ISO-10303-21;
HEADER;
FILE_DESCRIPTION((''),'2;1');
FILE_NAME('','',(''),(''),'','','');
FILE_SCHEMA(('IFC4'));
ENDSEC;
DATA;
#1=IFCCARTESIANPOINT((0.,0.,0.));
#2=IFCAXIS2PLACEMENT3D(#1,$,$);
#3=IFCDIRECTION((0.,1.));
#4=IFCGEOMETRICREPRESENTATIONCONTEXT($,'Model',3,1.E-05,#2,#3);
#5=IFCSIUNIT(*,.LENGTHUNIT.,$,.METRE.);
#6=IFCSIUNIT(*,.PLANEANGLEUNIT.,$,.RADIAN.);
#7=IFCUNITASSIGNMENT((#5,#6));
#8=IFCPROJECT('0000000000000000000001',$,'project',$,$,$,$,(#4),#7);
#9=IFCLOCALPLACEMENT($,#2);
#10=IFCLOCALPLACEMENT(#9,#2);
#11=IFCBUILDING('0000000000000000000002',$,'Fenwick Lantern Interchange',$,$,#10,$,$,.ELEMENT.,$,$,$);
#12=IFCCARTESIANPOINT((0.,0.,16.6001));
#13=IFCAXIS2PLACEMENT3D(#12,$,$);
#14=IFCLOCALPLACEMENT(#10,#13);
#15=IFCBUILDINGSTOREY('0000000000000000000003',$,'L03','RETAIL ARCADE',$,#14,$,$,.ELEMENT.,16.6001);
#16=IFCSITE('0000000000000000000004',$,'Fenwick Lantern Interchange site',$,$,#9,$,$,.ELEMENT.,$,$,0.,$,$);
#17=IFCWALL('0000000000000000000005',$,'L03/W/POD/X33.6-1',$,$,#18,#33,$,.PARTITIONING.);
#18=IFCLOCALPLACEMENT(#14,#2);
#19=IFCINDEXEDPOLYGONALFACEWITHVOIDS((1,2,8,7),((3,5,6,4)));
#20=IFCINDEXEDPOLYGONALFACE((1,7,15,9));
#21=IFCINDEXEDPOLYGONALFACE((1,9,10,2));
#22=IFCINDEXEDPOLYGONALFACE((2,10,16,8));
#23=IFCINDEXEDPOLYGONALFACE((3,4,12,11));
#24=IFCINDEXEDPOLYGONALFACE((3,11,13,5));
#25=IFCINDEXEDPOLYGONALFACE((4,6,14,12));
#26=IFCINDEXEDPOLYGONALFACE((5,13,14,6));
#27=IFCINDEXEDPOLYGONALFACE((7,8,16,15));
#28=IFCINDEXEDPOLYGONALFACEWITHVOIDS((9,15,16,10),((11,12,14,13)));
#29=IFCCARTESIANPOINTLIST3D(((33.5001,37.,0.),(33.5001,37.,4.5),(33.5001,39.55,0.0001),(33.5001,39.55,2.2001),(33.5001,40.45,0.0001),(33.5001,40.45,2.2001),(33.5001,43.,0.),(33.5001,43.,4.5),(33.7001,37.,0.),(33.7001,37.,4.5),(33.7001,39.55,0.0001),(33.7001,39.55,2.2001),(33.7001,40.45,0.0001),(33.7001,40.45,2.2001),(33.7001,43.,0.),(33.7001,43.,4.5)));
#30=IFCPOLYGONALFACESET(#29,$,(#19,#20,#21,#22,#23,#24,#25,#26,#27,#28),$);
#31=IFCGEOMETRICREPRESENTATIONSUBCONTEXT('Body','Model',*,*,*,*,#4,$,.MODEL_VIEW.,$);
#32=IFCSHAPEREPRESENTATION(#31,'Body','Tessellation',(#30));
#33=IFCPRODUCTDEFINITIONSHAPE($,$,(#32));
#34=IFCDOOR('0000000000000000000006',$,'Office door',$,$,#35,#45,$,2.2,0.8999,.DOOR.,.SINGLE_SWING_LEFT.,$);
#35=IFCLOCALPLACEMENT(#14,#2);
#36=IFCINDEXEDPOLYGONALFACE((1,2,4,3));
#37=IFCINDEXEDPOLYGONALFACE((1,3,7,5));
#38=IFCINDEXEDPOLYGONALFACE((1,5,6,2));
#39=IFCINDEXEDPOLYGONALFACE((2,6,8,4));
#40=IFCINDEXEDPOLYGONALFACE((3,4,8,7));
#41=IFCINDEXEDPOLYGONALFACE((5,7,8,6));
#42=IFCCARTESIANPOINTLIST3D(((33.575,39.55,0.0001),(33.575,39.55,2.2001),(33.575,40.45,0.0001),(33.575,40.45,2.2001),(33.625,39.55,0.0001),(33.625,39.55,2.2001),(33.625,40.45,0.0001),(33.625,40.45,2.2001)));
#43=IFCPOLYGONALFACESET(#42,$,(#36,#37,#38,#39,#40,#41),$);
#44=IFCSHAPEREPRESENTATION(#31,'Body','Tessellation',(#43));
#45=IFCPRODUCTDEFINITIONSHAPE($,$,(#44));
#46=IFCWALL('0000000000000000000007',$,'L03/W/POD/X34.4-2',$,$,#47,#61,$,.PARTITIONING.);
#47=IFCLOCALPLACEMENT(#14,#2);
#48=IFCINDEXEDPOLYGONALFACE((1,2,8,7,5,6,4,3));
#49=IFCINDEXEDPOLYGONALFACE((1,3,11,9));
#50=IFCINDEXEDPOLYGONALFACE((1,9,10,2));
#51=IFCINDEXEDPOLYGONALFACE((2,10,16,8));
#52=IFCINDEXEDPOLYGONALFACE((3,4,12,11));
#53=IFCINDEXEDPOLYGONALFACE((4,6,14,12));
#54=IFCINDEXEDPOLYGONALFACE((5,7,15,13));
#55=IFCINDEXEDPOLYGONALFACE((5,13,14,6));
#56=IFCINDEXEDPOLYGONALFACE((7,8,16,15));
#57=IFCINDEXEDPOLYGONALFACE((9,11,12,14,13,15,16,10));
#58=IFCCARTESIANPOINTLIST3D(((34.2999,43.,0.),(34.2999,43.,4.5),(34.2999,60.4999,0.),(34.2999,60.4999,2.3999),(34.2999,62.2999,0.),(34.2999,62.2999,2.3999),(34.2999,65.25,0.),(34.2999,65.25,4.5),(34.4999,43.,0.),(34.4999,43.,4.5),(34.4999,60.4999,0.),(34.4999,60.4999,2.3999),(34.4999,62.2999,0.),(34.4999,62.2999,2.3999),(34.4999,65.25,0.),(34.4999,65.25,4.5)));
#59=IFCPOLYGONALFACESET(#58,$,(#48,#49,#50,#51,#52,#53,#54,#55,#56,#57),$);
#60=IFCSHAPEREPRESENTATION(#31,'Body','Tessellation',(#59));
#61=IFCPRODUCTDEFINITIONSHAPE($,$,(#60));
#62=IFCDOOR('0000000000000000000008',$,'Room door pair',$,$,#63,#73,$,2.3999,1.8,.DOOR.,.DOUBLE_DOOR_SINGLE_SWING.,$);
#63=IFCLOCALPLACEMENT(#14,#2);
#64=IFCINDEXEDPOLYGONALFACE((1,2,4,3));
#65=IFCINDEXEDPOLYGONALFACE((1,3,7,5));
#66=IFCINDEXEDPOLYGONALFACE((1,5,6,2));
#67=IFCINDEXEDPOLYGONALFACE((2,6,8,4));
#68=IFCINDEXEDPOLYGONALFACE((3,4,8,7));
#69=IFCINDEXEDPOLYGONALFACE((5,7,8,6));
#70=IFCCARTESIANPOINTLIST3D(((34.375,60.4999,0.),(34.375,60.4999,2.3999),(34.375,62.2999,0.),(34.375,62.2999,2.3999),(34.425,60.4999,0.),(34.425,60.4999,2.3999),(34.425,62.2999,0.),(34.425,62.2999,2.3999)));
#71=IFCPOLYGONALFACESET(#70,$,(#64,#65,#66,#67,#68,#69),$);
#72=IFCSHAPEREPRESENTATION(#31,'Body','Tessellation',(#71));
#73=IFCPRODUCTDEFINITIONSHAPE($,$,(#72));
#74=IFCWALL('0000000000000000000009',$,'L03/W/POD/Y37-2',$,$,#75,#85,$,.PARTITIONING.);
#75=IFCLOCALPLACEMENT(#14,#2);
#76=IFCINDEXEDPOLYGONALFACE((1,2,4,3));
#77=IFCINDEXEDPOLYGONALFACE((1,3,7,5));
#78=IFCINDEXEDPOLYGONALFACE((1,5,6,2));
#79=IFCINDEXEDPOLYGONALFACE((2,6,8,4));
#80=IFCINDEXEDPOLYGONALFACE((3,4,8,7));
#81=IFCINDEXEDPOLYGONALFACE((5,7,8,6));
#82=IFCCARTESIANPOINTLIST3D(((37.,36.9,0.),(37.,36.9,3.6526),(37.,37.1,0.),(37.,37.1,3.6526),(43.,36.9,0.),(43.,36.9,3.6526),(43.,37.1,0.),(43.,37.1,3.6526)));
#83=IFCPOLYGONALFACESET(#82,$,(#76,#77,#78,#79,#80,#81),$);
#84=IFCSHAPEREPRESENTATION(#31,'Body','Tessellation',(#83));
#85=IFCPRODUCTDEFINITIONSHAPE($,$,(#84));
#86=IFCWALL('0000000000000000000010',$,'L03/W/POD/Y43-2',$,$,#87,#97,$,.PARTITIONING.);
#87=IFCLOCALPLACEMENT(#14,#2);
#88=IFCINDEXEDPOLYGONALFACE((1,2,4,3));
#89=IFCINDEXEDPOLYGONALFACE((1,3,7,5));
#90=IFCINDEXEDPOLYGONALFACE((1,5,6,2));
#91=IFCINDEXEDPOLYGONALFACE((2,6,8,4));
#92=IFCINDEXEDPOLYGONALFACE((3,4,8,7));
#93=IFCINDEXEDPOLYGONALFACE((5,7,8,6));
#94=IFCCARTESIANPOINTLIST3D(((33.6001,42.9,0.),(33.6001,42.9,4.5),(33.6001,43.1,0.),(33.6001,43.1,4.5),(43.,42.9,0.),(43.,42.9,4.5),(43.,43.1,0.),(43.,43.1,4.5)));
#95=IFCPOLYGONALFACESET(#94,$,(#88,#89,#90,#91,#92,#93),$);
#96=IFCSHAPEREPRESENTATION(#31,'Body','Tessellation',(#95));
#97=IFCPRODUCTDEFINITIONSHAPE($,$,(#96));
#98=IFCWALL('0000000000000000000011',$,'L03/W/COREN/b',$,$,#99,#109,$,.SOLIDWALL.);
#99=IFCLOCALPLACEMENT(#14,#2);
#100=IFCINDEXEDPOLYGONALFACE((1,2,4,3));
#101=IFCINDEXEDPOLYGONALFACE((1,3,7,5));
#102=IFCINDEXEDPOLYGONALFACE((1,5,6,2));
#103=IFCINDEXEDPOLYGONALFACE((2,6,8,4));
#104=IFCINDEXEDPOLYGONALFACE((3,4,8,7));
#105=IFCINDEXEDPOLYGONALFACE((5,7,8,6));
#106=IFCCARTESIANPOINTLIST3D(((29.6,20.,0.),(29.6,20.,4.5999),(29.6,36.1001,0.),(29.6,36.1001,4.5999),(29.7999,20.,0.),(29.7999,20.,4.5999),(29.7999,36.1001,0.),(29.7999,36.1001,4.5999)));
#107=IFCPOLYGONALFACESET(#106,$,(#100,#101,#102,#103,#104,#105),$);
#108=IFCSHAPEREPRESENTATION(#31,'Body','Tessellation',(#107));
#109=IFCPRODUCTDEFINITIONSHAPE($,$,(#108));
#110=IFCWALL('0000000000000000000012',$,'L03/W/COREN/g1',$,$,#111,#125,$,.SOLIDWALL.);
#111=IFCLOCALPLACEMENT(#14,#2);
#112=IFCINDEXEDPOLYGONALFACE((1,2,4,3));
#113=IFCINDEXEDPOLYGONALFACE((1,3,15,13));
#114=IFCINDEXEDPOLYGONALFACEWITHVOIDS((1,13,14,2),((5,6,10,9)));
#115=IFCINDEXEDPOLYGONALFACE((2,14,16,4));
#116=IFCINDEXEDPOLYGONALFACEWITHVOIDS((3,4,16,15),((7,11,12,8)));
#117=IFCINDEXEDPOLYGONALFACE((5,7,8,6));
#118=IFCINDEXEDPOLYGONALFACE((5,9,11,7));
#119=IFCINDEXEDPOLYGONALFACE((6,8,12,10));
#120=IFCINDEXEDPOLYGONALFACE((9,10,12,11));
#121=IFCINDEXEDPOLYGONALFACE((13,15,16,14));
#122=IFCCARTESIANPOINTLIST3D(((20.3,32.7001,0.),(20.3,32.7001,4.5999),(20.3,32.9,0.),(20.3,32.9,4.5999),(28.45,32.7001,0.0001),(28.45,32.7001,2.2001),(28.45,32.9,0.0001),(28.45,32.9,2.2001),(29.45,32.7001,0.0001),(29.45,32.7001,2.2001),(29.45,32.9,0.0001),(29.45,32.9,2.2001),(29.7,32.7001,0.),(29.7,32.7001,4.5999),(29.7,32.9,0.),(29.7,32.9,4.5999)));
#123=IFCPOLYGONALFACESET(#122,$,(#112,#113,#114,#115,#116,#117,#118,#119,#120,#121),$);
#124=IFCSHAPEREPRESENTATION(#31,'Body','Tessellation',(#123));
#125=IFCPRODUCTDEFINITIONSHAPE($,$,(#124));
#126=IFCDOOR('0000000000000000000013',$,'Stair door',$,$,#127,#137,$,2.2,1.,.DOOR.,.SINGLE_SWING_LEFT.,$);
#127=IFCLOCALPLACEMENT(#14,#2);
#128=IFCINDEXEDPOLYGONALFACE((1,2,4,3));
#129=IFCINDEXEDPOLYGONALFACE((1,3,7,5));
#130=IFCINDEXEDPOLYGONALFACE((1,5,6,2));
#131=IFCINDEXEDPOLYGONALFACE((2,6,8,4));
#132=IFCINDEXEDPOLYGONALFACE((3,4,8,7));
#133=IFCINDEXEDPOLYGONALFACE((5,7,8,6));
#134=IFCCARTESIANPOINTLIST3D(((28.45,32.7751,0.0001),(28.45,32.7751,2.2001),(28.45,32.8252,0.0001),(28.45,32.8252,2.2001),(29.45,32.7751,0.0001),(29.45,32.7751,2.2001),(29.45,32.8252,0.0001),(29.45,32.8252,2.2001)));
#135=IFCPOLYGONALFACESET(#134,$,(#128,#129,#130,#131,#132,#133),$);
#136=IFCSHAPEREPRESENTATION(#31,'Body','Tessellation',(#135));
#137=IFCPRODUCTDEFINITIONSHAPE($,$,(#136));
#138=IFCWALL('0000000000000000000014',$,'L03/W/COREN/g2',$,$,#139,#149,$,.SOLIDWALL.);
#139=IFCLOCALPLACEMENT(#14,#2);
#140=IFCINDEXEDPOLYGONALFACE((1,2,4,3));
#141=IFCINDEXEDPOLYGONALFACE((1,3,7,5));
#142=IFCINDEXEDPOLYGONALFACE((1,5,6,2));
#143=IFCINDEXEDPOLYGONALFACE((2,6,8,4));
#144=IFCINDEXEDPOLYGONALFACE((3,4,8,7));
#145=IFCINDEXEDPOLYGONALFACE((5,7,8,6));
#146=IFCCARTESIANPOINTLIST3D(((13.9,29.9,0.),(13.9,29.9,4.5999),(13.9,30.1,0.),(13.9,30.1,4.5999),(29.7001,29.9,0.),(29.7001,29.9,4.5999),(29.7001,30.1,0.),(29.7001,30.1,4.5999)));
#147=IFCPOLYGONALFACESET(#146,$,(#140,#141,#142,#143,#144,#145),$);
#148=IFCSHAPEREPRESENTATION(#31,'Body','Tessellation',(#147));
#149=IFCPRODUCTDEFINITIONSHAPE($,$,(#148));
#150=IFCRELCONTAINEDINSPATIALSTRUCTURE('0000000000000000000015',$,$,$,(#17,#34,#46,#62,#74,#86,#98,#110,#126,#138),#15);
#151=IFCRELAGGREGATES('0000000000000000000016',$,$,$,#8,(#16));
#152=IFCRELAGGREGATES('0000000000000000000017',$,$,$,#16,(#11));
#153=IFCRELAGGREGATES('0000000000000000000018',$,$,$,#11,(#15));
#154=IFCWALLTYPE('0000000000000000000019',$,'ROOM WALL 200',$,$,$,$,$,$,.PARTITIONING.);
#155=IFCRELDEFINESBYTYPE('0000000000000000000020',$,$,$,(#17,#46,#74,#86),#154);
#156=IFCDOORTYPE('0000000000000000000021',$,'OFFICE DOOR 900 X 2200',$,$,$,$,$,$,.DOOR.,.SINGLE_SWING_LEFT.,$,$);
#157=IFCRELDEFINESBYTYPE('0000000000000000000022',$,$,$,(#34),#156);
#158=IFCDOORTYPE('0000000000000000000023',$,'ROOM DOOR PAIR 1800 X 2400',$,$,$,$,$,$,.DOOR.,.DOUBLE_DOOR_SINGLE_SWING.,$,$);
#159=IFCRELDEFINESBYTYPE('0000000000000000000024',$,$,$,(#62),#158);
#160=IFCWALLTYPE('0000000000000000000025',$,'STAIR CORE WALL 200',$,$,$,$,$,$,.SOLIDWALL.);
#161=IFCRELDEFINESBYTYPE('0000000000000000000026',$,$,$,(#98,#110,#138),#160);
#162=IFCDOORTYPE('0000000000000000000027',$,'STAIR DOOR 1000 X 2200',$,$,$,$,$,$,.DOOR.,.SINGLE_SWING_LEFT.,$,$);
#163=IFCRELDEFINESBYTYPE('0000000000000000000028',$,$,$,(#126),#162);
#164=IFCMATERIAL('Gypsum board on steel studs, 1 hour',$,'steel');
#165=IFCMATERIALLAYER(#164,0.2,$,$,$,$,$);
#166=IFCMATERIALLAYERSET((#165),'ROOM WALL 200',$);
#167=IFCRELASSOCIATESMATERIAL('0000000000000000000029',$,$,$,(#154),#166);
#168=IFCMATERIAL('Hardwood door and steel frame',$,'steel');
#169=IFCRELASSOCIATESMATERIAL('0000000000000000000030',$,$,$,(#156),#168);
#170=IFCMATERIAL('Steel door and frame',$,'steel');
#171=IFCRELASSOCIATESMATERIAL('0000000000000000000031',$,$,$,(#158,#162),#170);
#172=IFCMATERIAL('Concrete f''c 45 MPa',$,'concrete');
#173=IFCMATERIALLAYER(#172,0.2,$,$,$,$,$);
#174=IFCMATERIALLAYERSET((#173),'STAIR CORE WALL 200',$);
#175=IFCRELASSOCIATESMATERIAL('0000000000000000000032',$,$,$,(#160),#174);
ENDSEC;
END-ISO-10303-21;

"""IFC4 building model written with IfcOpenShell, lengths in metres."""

from ifc_helpers import new_model, si_unit, direction, frame, frame_2d, origin, place, context, subcontext, project, spatial, rectangle, extrude, material, layer, layer_set, type_object, element, fill, save


model = new_model("IFC4")

# Units and contexts
model_context = context("Model", 3, precision=1e-05, world=origin(), true_north=direction((0.0, 1.0)))
body_context = subcontext(model_context, "Body", "Model", "MODEL_VIEW")
ifc_project = project(units=[si_unit("LENGTHUNIT", "METRE"), si_unit("PLANEANGLEUNIT", "RADIAN")], contexts=[model_context])

# Site, building, storey
site_placement = place(None, origin())
site = spatial("IfcSite", under=ifc_project, at=site_placement, Name="Fenwick Lantern Interchange site", CompositionType="ELEMENT", RefElevation=0.0)
building_placement = place(site_placement, origin())
building = spatial("IfcBuilding", under=site, at=building_placement, Name="Fenwick Lantern Interchange", CompositionType="ELEMENT")
storey_placement = place(building_placement, frame((0.0, 0.0, 16.6001)))
storey = spatial("IfcBuildingStorey", under=building, at=storey_placement, Name="L03", Description="RETAIL ARCADE", CompositionType="ELEMENT", Elevation=16.6001)

# Shared definitions
ifc_material_1 = material(Name="Steel door and frame", Category="steel")

# Shared definitions
ifc_material_2 = material(Name="Hardwood door and steel frame", Category="steel")

# Walls, openings, doors
ifc_material_3 = material(Name="Gypsum board on steel studs, 1 hour", Category="steel")
ifc_layer_1 = layer(ifc_material_3, 0.2)
ifc_layer_set_1 = layer_set([ifc_layer_1], Name="ROOM WALL 200")
wall_type_1 = type_object("IfcWallType", Name="ROOM WALL 200", PredefinedType="PARTITIONING", material=ifc_layer_set_1)
wall_1_placement = place(storey_placement, frame((33.6001, 37.0, 0.0), z_axis=(0.0, 0.0, 1.0), x_axis=(0.0, 1.0, 0.0)))
wall_1 = element("IfcWall", 1, at=wall_1_placement, inside=storey, type_object=wall_type_1, Name="L03/W/POD/X33.6-1", PredefinedType="PARTITIONING", context=body_context, shape_type="SweptSolid", body=[
    extrude(rectangle(XDim=6.0, YDim=0.2, at=frame_2d((3.0, 0.0))), origin(), (0.0, 0.0, 1.0), 4.5),
])
opening_1_placement = place(wall_1_placement, frame((2.55, 0.0, 0.0)))
opening_1 = element("IfcOpeningElement", 2, at=opening_1_placement, cuts=wall_1, PredefinedType="OPENING", context=body_context, shape_type="SweptSolid", body=[
    extrude(rectangle(XDim=0.8999, YDim=2.2, at=frame_2d((0.45, 1.1001))), frame((0.0, 0.1099, 0.0), z_axis=(0.0, -1.0, 0.0), x_axis=(1.0, 0.0, 0.0)), (0.0, 0.0, 1.0), 0.22),
])
door_type_1 = type_object("IfcDoorType", Name="OFFICE DOOR 900 X 2200", OperationType="SINGLE_SWING_LEFT", PredefinedType="DOOR", material=ifc_material_2)
door_1_placement = place(opening_1_placement, frame((0.8999, 0.0, 0.0), z_axis=(0.0, 0.0, 1.0), x_axis=(-1.0, 0.0, 0.0)))
door_1 = element("IfcDoor", 3, at=door_1_placement, inside=storey, type_object=door_type_1, Name="Office door", OperationType="SINGLE_SWING_LEFT", OverallHeight=2.2, OverallWidth=0.8999, PredefinedType="DOOR", context=body_context, shape_type="SweptSolid", body=[
    extrude(rectangle(XDim=0.8999, YDim=2.2, at=frame_2d((0.45, 1.1001))), frame((0.0, 0.0249, 0.0), z_axis=(0.0, -1.0, 0.0), x_axis=(1.0, 0.0, 0.0)), (0.0, 0.0, 1.0), 0.05),
])
fill(opening_1, door_1)
wall_2_placement = place(storey_placement, frame((34.3999, 43.0, 0.0), z_axis=(0.0, 0.0, 1.0), x_axis=(0.0, 1.0, 0.0)))
wall_2 = element("IfcWall", 4, at=wall_2_placement, inside=storey, type_object=wall_type_1, Name="L03/W/POD/X34.4-2", PredefinedType="PARTITIONING", context=body_context, shape_type="SweptSolid", body=[
    extrude(rectangle(XDim=22.25, YDim=0.2, at=frame_2d((11.125, 0.0))), origin(), (0.0, 0.0, 1.0), 4.5),
])
opening_2_placement = place(wall_2_placement, frame((17.5, 0.0, 0.0)))
opening_2 = element("IfcOpeningElement", 5, at=opening_2_placement, cuts=wall_2, PredefinedType="OPENING", context=body_context, shape_type="SweptSolid", body=[
    extrude(rectangle(XDim=1.8, YDim=2.3999, at=frame_2d((0.8999, 1.2))), frame((0.0, 0.1099, 0.0), z_axis=(0.0, -1.0, 0.0), x_axis=(1.0, 0.0, 0.0)), (0.0, 0.0, 1.0), 0.22),
])
door_type_2 = type_object("IfcDoorType", Name="ROOM DOOR PAIR 1800 X 2400", OperationType="DOUBLE_DOOR_SINGLE_SWING", PredefinedType="DOOR", material=ifc_material_1)
door_2_placement = place(opening_2_placement, origin())
door_2 = element("IfcDoor", 6, at=door_2_placement, inside=storey, type_object=door_type_2, Name="Room door pair", OperationType="DOUBLE_DOOR_SINGLE_SWING", OverallHeight=2.3999, OverallWidth=1.8, PredefinedType="DOOR", context=body_context, shape_type="SweptSolid", body=[
    extrude(rectangle(XDim=1.8, YDim=2.3999, at=frame_2d((0.8999, 1.2))), frame((0.0, 0.0249, 0.0), z_axis=(0.0, -1.0, 0.0), x_axis=(1.0, 0.0, 0.0)), (0.0, 0.0, 1.0), 0.05),
])
fill(opening_2, door_2)

# Walls
wall_3_placement = place(storey_placement, frame((37.0, 37.0, 0.0), z_axis=(0.0, 0.0, 1.0), x_axis=(1.0, 0.0, 0.0)))
element("IfcWall", 7, at=wall_3_placement, inside=storey, type_object=wall_type_1, Name="L03/W/POD/Y37-2", PredefinedType="PARTITIONING", context=body_context, shape_type="SweptSolid", body=[
    extrude(rectangle(XDim=6.0, YDim=0.2, at=frame_2d((3.0, 0.0))), origin(), (0.0, 0.0, 1.0), 3.6526),
])
wall_4_placement = place(storey_placement, frame((33.6001, 43.0, 0.0), z_axis=(0.0, 0.0, 1.0), x_axis=(1.0, 0.0, 0.0)))
element("IfcWall", 8, at=wall_4_placement, inside=storey, type_object=wall_type_1, Name="L03/W/POD/Y43-2", PredefinedType="PARTITIONING", context=body_context, shape_type="SweptSolid", body=[
    extrude(rectangle(XDim=9.3999, YDim=0.2, at=frame_2d((4.7, 0.0))), origin(), (0.0, 0.0, 1.0), 4.5),
])
ifc_material_4 = material(Name="Concrete f'c 45 MPa", Category="concrete")
ifc_layer_2 = layer(ifc_material_4, 0.2)
ifc_layer_set_2 = layer_set([ifc_layer_2], Name="STAIR CORE WALL 200")
wall_type_2 = type_object("IfcWallType", Name="STAIR CORE WALL 200", PredefinedType="SOLIDWALL", material=ifc_layer_set_2)
wall_5_placement = place(storey_placement, frame((29.7, 36.1001, 0.0), z_axis=(0.0, 0.0, 1.0), x_axis=(0.0, -1.0, 0.0)))
element("IfcWall", 9, at=wall_5_placement, inside=storey, type_object=wall_type_2, Name="L03/W/COREN/b", PredefinedType="SOLIDWALL", context=body_context, shape_type="SweptSolid", body=[
    extrude(rectangle(XDim=16.1001, YDim=0.2, at=frame_2d((8.05, 0.0))), origin(), (0.0, 0.0, 1.0), 4.5999),
])

# Wall, opening, door
wall_6_placement = place(storey_placement, frame((29.7, 32.8, 0.0), z_axis=(0.0, 0.0, 1.0), x_axis=(-1.0, 0.0, 0.0)))
wall_6 = element("IfcWall", 10, at=wall_6_placement, inside=storey, type_object=wall_type_2, Name="L03/W/COREN/g1", PredefinedType="SOLIDWALL", context=body_context, shape_type="SweptSolid", body=[
    extrude(rectangle(XDim=9.3999, YDim=0.2, at=frame_2d((4.7, 0.0))), origin(), (0.0, 0.0, 1.0), 4.5999),
])
opening_3_placement = place(wall_6_placement, frame((0.25, 0.0, 0.0)))
opening_3 = element("IfcOpeningElement", 11, at=opening_3_placement, cuts=wall_6, PredefinedType="OPENING", context=body_context, shape_type="SweptSolid", body=[
    extrude(rectangle(XDim=1.0, YDim=2.2, at=frame_2d((0.5, 1.1001))), frame((0.0, 0.1099, 0.0), z_axis=(0.0, -1.0, 0.0), x_axis=(1.0, 0.0, 0.0)), (0.0, 0.0, 1.0), 0.22),
])
door_type_3 = type_object("IfcDoorType", Name="STAIR DOOR 1000 X 2200", OperationType="SINGLE_SWING_LEFT", PredefinedType="DOOR", material=ifc_material_1)
door_3_placement = place(opening_3_placement, origin())
door_3 = element("IfcDoor", 12, at=door_3_placement, inside=storey, type_object=door_type_3, Name="Stair door", OperationType="SINGLE_SWING_LEFT", OverallHeight=2.2, OverallWidth=1.0, PredefinedType="DOOR", context=body_context, shape_type="SweptSolid", body=[
    extrude(rectangle(XDim=1.0, YDim=2.2, at=frame_2d((0.5, 1.1001))), frame((0.0, 0.0249, 0.0), z_axis=(0.0, -1.0, 0.0), x_axis=(1.0, 0.0, 0.0)), (0.0, 0.0, 1.0), 0.05),
])
fill(opening_3, door_3)

# Wall
wall_7_placement = place(storey_placement, frame((29.7, 30.0, 0.0), z_axis=(0.0, 0.0, 1.0), x_axis=(-1.0, 0.0, 0.0)))
element("IfcWall", 13, at=wall_7_placement, inside=storey, type_object=wall_type_2, Name="L03/W/COREN/g2", PredefinedType="SOLIDWALL", context=body_context, shape_type="SweptSolid", body=[
    extrude(rectangle(XDim=15.8, YDim=0.2, at=frame_2d((7.8999, 0.0))), origin(), (0.0, 0.0, 1.0), 4.5999),
])

save(model, "model.ifc")
